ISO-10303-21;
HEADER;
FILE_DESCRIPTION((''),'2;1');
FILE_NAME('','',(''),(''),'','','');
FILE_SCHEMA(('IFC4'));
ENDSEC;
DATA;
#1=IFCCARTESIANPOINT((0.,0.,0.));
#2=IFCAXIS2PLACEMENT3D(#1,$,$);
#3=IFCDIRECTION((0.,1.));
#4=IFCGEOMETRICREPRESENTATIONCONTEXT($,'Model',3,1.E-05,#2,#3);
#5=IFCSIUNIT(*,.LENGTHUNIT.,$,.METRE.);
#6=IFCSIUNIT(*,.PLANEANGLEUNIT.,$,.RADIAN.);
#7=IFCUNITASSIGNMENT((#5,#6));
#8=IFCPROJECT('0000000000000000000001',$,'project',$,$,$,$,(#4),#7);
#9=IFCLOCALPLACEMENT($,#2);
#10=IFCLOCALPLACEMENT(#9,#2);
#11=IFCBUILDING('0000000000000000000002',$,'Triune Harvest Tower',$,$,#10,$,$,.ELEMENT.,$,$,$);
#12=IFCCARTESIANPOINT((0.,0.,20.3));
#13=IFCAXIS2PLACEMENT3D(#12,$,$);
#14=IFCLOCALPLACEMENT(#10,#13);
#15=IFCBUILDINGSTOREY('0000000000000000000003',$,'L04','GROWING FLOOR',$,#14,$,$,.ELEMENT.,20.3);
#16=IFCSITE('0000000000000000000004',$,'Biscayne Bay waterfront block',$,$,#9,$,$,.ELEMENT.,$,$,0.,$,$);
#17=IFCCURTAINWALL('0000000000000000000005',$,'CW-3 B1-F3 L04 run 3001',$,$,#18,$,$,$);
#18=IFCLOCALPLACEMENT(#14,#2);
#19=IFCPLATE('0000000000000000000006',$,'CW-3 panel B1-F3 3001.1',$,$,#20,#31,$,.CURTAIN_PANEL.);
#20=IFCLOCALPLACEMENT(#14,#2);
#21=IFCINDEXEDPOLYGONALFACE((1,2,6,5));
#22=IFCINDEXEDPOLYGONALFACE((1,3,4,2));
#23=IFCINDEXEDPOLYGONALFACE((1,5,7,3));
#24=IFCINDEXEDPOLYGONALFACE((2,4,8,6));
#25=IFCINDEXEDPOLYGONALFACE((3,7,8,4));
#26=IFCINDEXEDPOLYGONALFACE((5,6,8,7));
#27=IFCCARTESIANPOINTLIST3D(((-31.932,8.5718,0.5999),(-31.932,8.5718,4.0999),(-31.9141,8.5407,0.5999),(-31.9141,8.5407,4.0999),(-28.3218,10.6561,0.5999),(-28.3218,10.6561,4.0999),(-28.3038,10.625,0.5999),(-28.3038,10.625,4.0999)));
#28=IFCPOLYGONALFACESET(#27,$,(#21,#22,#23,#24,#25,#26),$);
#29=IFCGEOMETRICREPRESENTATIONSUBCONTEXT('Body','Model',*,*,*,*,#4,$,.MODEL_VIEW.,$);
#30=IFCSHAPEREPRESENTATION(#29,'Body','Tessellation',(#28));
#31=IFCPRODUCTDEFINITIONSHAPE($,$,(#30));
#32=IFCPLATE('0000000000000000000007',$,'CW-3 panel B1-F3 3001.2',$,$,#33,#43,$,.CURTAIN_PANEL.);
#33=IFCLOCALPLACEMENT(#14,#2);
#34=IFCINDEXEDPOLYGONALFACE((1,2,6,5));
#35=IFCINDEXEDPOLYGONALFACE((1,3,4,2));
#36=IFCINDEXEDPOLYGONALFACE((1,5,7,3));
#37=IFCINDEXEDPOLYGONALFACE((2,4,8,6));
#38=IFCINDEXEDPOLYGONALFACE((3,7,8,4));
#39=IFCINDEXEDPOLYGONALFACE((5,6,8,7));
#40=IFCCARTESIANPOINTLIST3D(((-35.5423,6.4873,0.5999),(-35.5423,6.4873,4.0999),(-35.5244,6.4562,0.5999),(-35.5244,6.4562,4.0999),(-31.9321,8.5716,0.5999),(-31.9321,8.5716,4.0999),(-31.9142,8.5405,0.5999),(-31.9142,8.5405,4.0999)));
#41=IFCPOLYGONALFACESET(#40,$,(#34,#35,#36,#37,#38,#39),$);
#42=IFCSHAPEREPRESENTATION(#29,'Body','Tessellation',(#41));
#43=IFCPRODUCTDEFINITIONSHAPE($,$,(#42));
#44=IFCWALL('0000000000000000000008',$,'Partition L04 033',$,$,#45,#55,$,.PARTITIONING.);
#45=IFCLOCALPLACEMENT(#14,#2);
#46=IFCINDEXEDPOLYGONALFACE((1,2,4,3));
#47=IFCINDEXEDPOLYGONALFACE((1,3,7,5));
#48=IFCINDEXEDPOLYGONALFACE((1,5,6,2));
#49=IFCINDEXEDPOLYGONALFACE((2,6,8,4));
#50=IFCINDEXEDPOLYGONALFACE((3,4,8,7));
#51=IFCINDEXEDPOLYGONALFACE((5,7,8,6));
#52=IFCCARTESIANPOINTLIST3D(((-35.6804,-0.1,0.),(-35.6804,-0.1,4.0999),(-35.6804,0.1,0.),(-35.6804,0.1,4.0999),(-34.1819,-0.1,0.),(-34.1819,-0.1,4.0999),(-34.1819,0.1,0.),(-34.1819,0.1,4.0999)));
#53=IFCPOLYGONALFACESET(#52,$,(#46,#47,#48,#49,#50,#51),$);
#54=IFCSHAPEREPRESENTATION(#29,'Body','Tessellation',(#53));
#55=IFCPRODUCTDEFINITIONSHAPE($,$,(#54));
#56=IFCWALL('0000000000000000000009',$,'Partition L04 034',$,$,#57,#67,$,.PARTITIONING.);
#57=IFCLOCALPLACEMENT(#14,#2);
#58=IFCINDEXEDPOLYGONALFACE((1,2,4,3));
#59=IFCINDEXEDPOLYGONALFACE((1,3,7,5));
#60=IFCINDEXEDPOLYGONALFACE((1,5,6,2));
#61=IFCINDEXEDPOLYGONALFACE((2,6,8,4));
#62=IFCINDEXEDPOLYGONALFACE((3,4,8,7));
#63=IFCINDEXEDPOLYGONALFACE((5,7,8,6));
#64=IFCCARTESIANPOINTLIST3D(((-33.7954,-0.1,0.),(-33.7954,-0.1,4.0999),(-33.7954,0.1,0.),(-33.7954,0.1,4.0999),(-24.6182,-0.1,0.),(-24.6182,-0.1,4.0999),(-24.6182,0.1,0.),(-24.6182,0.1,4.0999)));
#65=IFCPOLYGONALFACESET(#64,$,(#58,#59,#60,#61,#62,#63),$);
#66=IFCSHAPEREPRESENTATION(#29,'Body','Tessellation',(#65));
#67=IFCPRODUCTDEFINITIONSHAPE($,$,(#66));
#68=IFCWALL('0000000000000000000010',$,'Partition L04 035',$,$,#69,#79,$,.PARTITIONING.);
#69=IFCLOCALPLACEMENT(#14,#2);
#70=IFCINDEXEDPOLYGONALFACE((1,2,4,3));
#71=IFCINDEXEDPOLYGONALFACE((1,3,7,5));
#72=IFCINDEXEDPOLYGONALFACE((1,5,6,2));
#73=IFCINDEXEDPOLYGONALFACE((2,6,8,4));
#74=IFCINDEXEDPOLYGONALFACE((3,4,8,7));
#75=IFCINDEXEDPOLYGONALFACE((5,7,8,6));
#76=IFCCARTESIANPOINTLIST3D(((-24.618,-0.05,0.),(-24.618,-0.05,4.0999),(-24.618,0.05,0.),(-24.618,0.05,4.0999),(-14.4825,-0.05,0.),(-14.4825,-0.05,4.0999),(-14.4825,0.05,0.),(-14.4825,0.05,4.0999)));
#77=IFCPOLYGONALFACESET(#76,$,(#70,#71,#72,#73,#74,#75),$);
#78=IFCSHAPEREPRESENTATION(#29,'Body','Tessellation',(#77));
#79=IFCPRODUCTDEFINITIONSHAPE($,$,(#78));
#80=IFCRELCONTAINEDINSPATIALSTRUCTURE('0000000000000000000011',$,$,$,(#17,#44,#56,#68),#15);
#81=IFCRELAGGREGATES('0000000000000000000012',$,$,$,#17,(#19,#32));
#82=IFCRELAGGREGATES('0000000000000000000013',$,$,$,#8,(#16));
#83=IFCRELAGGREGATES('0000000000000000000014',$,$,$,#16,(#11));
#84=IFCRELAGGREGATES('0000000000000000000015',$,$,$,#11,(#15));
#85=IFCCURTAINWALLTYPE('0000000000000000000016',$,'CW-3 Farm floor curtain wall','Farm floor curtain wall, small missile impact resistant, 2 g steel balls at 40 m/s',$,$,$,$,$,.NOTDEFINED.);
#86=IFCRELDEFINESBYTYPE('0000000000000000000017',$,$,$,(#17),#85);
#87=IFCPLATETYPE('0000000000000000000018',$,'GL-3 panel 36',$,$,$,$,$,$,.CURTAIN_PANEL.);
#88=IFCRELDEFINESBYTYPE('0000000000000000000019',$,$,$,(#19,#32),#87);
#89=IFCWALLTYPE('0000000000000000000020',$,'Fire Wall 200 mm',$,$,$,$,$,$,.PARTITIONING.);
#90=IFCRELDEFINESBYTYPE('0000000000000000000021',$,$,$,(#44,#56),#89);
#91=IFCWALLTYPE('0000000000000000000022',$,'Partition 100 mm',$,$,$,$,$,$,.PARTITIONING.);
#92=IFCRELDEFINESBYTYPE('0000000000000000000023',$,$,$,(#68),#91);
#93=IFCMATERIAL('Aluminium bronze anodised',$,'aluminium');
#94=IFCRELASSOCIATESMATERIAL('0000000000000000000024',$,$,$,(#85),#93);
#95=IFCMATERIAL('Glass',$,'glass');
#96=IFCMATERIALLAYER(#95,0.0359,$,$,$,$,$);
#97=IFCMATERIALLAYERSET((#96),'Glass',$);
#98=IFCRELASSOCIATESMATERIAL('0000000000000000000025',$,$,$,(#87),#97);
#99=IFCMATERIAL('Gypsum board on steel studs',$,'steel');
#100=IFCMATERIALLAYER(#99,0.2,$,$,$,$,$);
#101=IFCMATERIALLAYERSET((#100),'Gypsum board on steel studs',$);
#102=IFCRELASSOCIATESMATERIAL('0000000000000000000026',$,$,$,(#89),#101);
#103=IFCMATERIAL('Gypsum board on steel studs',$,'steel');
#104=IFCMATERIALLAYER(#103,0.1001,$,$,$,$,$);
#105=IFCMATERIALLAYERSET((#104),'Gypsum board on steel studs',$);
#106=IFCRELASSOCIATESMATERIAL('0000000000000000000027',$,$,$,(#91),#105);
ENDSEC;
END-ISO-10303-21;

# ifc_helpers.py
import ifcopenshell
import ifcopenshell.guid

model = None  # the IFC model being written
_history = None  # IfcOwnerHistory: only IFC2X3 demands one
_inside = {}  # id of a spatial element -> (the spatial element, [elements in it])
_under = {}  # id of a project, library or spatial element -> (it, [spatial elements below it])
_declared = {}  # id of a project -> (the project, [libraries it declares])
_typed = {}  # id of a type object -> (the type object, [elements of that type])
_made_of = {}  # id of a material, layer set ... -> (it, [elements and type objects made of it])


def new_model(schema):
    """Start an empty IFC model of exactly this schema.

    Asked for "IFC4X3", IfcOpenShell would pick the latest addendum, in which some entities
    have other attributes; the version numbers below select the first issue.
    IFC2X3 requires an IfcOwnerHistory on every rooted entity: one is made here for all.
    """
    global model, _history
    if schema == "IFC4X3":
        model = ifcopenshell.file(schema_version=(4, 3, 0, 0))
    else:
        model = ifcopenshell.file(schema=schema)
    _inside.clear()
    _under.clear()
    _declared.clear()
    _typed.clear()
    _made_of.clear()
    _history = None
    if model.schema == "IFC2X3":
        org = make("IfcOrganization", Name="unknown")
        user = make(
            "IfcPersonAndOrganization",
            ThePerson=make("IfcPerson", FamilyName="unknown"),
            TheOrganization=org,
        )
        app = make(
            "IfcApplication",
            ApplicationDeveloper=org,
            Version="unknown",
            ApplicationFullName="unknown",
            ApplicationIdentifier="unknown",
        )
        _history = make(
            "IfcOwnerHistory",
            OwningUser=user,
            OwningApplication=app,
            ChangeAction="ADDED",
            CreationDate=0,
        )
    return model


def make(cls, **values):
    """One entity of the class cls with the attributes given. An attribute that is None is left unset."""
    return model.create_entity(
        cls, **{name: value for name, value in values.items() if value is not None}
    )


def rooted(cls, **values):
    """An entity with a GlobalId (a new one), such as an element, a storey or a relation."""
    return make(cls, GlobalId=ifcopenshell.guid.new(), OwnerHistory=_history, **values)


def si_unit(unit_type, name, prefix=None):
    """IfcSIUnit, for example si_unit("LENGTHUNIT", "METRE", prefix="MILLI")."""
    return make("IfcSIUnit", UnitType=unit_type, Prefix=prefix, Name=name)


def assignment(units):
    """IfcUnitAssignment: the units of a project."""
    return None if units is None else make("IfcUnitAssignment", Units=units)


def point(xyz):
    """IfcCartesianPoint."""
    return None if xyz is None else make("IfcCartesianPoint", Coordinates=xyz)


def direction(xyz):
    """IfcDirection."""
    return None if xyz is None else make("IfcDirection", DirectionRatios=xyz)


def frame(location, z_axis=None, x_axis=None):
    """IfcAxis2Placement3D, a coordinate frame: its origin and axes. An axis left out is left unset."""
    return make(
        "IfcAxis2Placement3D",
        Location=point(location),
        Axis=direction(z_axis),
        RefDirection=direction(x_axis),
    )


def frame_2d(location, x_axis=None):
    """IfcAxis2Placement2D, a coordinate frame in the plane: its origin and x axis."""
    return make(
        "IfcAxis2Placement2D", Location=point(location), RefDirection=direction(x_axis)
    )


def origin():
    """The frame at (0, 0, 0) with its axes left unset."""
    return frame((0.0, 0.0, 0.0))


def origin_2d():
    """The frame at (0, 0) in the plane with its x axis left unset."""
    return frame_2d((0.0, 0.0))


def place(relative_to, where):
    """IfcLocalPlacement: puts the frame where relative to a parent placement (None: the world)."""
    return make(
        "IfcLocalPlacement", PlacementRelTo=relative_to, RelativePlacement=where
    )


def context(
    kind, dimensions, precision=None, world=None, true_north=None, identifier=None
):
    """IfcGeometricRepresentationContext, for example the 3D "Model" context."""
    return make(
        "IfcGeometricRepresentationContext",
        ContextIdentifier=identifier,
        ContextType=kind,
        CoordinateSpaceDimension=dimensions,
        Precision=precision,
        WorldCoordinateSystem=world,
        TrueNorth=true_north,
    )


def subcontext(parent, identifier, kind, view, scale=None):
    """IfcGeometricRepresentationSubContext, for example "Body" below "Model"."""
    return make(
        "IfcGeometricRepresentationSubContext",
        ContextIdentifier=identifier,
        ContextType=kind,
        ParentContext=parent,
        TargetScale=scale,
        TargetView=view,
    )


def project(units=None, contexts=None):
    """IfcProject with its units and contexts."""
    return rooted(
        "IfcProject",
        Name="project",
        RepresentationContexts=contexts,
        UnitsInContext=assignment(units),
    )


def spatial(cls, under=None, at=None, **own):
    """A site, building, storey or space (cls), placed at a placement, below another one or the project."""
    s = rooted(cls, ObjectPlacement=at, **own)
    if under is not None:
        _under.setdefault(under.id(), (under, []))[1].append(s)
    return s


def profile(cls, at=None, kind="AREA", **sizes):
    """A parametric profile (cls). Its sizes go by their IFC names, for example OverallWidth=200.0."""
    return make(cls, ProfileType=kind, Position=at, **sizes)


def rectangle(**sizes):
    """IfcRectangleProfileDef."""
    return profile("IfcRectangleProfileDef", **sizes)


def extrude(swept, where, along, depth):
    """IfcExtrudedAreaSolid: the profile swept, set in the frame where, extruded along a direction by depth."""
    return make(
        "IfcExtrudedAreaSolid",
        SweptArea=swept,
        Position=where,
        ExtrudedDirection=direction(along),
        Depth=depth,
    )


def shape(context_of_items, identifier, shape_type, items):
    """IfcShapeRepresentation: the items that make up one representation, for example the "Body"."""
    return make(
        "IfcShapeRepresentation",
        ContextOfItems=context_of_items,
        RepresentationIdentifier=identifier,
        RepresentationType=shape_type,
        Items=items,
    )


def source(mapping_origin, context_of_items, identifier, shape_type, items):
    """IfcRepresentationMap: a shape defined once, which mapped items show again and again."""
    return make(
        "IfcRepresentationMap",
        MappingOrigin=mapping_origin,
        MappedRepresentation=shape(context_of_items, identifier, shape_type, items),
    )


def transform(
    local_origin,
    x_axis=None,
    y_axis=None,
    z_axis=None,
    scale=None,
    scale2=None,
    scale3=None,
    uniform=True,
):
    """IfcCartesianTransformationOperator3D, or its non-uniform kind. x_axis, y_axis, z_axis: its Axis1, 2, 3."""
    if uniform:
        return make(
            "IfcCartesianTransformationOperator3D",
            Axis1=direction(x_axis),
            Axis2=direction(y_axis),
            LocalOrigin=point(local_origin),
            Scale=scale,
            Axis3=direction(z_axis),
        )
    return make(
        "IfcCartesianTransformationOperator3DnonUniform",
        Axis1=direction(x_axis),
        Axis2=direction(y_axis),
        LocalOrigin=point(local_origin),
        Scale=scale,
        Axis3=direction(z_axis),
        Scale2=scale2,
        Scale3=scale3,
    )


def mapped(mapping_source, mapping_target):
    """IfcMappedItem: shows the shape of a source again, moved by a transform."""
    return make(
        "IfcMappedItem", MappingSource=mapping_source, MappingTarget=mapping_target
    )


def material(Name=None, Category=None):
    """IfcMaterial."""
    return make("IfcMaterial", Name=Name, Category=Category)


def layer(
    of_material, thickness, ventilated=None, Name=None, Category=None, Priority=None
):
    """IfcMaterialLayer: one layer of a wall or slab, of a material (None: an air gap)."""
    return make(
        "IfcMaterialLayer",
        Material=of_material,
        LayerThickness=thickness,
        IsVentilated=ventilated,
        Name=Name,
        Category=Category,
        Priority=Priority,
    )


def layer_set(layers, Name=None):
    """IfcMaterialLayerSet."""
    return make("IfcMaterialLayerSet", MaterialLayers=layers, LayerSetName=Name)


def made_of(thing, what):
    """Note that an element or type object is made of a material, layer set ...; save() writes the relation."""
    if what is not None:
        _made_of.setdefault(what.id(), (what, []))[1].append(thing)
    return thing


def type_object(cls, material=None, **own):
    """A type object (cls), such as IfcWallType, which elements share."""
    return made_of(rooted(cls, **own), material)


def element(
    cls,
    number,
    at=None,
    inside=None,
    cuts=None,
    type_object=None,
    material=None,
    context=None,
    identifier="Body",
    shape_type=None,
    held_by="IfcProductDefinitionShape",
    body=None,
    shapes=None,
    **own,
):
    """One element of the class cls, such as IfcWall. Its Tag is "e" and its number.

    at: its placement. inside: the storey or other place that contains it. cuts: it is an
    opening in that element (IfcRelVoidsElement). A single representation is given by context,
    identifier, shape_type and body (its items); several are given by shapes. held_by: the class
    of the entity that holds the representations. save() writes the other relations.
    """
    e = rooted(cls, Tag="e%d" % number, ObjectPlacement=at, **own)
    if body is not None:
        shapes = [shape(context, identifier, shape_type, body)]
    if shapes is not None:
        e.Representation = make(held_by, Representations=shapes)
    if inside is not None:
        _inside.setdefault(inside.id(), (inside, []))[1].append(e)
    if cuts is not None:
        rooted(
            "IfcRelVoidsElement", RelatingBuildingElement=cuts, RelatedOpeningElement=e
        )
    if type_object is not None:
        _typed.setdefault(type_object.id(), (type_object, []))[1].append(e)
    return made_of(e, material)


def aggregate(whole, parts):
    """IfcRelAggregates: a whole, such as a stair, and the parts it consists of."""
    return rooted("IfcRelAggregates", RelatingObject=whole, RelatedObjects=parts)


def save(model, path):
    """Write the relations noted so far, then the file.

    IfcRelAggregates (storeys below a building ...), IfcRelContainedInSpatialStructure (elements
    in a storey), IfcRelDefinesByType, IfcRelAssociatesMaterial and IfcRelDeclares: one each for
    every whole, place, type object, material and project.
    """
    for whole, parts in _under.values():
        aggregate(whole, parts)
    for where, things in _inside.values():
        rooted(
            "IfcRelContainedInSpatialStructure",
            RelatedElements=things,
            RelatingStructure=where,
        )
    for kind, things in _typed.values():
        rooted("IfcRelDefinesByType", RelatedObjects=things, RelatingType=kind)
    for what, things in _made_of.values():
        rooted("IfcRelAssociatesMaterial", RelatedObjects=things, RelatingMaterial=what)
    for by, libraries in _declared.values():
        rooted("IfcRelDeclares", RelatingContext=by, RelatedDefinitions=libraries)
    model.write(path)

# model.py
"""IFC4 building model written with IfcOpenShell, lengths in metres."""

from ifc_helpers import new_model, si_unit, direction, frame, frame_2d, origin, origin_2d, place, context, subcontext, project, spatial, rectangle, extrude, source, transform, mapped, material, layer, layer_set, type_object, element, aggregate, save


model = new_model("IFC4")

# Units and contexts
model_context = context("Model", 3, precision=1e-05, world=origin(), true_north=direction((0.0, 1.0)))
body_context = subcontext(model_context, "Body", "Model", "MODEL_VIEW")
ifc_project = project(units=[si_unit("LENGTHUNIT", "METRE"), si_unit("PLANEANGLEUNIT", "RADIAN")], contexts=[model_context])

# Site, building, storey
site_placement = place(None, origin())
site = spatial("IfcSite", under=ifc_project, at=site_placement, Name="Biscayne Bay waterfront block", CompositionType="ELEMENT", RefElevation=0.0)
building_placement = place(site_placement, origin())
building = spatial("IfcBuilding", under=site, at=building_placement, Name="Triune Harvest Tower", CompositionType="ELEMENT")
storey_placement = place(building_placement, frame((0.0, 0.0, 20.3)))
storey = spatial("IfcBuildingStorey", under=building, at=storey_placement, Name="L04", Description="GROWING FLOOR", CompositionType="ELEMENT", Elevation=20.3)

# Shared definitions
ifc_material_1 = material(Name="Aluminium bronze anodised", Category="aluminium")
curtain_wall_type_1 = type_object("IfcCurtainWallType", Name="CW-3 Farm floor curtain wall", Description="Farm floor curtain wall, small missile impact resistant, 2 g steel balls at 40 m/s", PredefinedType="NOTDEFINED", material=ifc_material_1)

# Curtain wall
curtain_wall_1_placement = place(storey_placement, origin())
curtain_wall_1 = element("IfcCurtainWall", 1, at=curtain_wall_1_placement, inside=storey, type_object=curtain_wall_type_1, Name="CW-3 B1-F3 L04 run 3001")

# Plates
ifc_material_2 = material(Name="Glass", Category="glass")
ifc_layer_1 = layer(ifc_material_2, 0.0359)
ifc_layer_set_1 = layer_set([ifc_layer_1], Name="Glass")
plate_type_1 = type_object("IfcPlateType", Name="GL-3 panel 36", PredefinedType="CURTAIN_PANEL", material=ifc_layer_set_1)
shared_shape_1 = source(origin(), body_context, "Body", "SweptSolid", [
    extrude(rectangle(XDim=4.1687, YDim=0.0359, at=origin_2d()), origin(), (0.0, 0.0, 1.0), 3.5),
])
plate_1_placement = place(storey_placement, frame((-30.1179, 9.5984, 0.5999), z_axis=(0.0, 0.0, 1.0), x_axis=(-0.866028, -0.499995, 0.0)))
plate_1 = element("IfcPlate", 2, at=plate_1_placement, type_object=plate_type_1, Name="CW-3 panel B1-F3 3001.1", PredefinedType="CURTAIN_PANEL", context=body_context, shape_type="MappedRepresentation", body=[
    mapped(shared_shape_1, transform((0.0, 0.0, 0.0), scale=1.0)),
])
plate_2_placement = place(storey_placement, frame((-33.7283, 7.5139, 0.5999), z_axis=(0.0, 0.0, 1.0), x_axis=(-0.866028, -0.499995, 0.0)))
plate_2 = element("IfcPlate", 3, at=plate_2_placement, type_object=plate_type_1, Name="CW-3 panel B1-F3 3001.2", PredefinedType="CURTAIN_PANEL", context=body_context, shape_type="MappedRepresentation", body=[
    mapped(shared_shape_1, transform((0.0, 0.0, 0.0), scale=1.0)),
])
aggregate(curtain_wall_1, [plate_1, plate_2])

# Walls
ifc_material_3 = material(Name="Gypsum board on steel studs", Category="steel")
ifc_layer_2 = layer(ifc_material_3, 0.2)
ifc_layer_set_2 = layer_set([ifc_layer_2], Name="Gypsum board on steel studs")
wall_type_1 = type_object("IfcWallType", Name="Fire Wall 200 mm", PredefinedType="PARTITIONING", material=ifc_layer_set_2)
shared_shape_2 = source(origin(), body_context, "Body", "SweptSolid", [
    extrude(rectangle(XDim=1.4985, YDim=0.2, at=frame_2d((0.7493, 0.0))), origin(), (0.0, 0.0, 1.0), 4.0999),
])
wall_1_placement = place(storey_placement, frame((-35.6804, 0.0, 0.0), z_axis=(0.0, 0.0, 1.0), x_axis=(1.0, 0.0, 0.0)))
element("IfcWall", 4, at=wall_1_placement, inside=storey, type_object=wall_type_1, Name="Partition L04 033", PredefinedType="PARTITIONING", context=body_context, shape_type="MappedRepresentation", body=[
    mapped(shared_shape_2, transform((0.0, 0.0, 0.0), scale=1.0)),
])
shared_shape_3 = source(origin(), body_context, "Body", "SweptSolid", [
    extrude(rectangle(XDim=9.1772, YDim=0.2, at=frame_2d((4.5886, 0.0))), origin(), (0.0, 0.0, 1.0), 4.0999),
])
wall_2_placement = place(storey_placement, frame((-33.7954, 0.0, 0.0), z_axis=(0.0, 0.0, 1.0), x_axis=(1.0, 0.0, 0.0)))
element("IfcWall", 5, at=wall_2_placement, inside=storey, type_object=wall_type_1, Name="Partition L04 034", PredefinedType="PARTITIONING", context=body_context, shape_type="MappedRepresentation", body=[
    mapped(shared_shape_3, transform((0.0, 0.0, 0.0), scale=1.0)),
])
ifc_material_4 = material(Name="Gypsum board on steel studs", Category="steel")
ifc_layer_3 = layer(ifc_material_4, 0.1001)
ifc_layer_set_3 = layer_set([ifc_layer_3], Name="Gypsum board on steel studs")
wall_type_2 = type_object("IfcWallType", Name="Partition 100 mm", PredefinedType="PARTITIONING", material=ifc_layer_set_3)
shared_shape_4 = source(origin(), body_context, "Body", "SweptSolid", [
    extrude(rectangle(XDim=10.1355, YDim=0.1001, at=frame_2d((5.0679, 0.0))), origin(), (0.0, 0.0, 1.0), 4.0999),
])
wall_3_placement = place(storey_placement, frame((-24.6182, 0.0, 0.0), z_axis=(0.0, 0.0, 1.0), x_axis=(1.0, 0.0, 0.0)))
element("IfcWall", 6, at=wall_3_placement, inside=storey, type_object=wall_type_2, Name="Partition L04 035", PredefinedType="PARTITIONING", context=body_context, shape_type="MappedRepresentation", body=[
    mapped(shared_shape_4, transform((0.0, 0.0, 0.0), scale=1.0)),
])

save(model, "model.ifc")
